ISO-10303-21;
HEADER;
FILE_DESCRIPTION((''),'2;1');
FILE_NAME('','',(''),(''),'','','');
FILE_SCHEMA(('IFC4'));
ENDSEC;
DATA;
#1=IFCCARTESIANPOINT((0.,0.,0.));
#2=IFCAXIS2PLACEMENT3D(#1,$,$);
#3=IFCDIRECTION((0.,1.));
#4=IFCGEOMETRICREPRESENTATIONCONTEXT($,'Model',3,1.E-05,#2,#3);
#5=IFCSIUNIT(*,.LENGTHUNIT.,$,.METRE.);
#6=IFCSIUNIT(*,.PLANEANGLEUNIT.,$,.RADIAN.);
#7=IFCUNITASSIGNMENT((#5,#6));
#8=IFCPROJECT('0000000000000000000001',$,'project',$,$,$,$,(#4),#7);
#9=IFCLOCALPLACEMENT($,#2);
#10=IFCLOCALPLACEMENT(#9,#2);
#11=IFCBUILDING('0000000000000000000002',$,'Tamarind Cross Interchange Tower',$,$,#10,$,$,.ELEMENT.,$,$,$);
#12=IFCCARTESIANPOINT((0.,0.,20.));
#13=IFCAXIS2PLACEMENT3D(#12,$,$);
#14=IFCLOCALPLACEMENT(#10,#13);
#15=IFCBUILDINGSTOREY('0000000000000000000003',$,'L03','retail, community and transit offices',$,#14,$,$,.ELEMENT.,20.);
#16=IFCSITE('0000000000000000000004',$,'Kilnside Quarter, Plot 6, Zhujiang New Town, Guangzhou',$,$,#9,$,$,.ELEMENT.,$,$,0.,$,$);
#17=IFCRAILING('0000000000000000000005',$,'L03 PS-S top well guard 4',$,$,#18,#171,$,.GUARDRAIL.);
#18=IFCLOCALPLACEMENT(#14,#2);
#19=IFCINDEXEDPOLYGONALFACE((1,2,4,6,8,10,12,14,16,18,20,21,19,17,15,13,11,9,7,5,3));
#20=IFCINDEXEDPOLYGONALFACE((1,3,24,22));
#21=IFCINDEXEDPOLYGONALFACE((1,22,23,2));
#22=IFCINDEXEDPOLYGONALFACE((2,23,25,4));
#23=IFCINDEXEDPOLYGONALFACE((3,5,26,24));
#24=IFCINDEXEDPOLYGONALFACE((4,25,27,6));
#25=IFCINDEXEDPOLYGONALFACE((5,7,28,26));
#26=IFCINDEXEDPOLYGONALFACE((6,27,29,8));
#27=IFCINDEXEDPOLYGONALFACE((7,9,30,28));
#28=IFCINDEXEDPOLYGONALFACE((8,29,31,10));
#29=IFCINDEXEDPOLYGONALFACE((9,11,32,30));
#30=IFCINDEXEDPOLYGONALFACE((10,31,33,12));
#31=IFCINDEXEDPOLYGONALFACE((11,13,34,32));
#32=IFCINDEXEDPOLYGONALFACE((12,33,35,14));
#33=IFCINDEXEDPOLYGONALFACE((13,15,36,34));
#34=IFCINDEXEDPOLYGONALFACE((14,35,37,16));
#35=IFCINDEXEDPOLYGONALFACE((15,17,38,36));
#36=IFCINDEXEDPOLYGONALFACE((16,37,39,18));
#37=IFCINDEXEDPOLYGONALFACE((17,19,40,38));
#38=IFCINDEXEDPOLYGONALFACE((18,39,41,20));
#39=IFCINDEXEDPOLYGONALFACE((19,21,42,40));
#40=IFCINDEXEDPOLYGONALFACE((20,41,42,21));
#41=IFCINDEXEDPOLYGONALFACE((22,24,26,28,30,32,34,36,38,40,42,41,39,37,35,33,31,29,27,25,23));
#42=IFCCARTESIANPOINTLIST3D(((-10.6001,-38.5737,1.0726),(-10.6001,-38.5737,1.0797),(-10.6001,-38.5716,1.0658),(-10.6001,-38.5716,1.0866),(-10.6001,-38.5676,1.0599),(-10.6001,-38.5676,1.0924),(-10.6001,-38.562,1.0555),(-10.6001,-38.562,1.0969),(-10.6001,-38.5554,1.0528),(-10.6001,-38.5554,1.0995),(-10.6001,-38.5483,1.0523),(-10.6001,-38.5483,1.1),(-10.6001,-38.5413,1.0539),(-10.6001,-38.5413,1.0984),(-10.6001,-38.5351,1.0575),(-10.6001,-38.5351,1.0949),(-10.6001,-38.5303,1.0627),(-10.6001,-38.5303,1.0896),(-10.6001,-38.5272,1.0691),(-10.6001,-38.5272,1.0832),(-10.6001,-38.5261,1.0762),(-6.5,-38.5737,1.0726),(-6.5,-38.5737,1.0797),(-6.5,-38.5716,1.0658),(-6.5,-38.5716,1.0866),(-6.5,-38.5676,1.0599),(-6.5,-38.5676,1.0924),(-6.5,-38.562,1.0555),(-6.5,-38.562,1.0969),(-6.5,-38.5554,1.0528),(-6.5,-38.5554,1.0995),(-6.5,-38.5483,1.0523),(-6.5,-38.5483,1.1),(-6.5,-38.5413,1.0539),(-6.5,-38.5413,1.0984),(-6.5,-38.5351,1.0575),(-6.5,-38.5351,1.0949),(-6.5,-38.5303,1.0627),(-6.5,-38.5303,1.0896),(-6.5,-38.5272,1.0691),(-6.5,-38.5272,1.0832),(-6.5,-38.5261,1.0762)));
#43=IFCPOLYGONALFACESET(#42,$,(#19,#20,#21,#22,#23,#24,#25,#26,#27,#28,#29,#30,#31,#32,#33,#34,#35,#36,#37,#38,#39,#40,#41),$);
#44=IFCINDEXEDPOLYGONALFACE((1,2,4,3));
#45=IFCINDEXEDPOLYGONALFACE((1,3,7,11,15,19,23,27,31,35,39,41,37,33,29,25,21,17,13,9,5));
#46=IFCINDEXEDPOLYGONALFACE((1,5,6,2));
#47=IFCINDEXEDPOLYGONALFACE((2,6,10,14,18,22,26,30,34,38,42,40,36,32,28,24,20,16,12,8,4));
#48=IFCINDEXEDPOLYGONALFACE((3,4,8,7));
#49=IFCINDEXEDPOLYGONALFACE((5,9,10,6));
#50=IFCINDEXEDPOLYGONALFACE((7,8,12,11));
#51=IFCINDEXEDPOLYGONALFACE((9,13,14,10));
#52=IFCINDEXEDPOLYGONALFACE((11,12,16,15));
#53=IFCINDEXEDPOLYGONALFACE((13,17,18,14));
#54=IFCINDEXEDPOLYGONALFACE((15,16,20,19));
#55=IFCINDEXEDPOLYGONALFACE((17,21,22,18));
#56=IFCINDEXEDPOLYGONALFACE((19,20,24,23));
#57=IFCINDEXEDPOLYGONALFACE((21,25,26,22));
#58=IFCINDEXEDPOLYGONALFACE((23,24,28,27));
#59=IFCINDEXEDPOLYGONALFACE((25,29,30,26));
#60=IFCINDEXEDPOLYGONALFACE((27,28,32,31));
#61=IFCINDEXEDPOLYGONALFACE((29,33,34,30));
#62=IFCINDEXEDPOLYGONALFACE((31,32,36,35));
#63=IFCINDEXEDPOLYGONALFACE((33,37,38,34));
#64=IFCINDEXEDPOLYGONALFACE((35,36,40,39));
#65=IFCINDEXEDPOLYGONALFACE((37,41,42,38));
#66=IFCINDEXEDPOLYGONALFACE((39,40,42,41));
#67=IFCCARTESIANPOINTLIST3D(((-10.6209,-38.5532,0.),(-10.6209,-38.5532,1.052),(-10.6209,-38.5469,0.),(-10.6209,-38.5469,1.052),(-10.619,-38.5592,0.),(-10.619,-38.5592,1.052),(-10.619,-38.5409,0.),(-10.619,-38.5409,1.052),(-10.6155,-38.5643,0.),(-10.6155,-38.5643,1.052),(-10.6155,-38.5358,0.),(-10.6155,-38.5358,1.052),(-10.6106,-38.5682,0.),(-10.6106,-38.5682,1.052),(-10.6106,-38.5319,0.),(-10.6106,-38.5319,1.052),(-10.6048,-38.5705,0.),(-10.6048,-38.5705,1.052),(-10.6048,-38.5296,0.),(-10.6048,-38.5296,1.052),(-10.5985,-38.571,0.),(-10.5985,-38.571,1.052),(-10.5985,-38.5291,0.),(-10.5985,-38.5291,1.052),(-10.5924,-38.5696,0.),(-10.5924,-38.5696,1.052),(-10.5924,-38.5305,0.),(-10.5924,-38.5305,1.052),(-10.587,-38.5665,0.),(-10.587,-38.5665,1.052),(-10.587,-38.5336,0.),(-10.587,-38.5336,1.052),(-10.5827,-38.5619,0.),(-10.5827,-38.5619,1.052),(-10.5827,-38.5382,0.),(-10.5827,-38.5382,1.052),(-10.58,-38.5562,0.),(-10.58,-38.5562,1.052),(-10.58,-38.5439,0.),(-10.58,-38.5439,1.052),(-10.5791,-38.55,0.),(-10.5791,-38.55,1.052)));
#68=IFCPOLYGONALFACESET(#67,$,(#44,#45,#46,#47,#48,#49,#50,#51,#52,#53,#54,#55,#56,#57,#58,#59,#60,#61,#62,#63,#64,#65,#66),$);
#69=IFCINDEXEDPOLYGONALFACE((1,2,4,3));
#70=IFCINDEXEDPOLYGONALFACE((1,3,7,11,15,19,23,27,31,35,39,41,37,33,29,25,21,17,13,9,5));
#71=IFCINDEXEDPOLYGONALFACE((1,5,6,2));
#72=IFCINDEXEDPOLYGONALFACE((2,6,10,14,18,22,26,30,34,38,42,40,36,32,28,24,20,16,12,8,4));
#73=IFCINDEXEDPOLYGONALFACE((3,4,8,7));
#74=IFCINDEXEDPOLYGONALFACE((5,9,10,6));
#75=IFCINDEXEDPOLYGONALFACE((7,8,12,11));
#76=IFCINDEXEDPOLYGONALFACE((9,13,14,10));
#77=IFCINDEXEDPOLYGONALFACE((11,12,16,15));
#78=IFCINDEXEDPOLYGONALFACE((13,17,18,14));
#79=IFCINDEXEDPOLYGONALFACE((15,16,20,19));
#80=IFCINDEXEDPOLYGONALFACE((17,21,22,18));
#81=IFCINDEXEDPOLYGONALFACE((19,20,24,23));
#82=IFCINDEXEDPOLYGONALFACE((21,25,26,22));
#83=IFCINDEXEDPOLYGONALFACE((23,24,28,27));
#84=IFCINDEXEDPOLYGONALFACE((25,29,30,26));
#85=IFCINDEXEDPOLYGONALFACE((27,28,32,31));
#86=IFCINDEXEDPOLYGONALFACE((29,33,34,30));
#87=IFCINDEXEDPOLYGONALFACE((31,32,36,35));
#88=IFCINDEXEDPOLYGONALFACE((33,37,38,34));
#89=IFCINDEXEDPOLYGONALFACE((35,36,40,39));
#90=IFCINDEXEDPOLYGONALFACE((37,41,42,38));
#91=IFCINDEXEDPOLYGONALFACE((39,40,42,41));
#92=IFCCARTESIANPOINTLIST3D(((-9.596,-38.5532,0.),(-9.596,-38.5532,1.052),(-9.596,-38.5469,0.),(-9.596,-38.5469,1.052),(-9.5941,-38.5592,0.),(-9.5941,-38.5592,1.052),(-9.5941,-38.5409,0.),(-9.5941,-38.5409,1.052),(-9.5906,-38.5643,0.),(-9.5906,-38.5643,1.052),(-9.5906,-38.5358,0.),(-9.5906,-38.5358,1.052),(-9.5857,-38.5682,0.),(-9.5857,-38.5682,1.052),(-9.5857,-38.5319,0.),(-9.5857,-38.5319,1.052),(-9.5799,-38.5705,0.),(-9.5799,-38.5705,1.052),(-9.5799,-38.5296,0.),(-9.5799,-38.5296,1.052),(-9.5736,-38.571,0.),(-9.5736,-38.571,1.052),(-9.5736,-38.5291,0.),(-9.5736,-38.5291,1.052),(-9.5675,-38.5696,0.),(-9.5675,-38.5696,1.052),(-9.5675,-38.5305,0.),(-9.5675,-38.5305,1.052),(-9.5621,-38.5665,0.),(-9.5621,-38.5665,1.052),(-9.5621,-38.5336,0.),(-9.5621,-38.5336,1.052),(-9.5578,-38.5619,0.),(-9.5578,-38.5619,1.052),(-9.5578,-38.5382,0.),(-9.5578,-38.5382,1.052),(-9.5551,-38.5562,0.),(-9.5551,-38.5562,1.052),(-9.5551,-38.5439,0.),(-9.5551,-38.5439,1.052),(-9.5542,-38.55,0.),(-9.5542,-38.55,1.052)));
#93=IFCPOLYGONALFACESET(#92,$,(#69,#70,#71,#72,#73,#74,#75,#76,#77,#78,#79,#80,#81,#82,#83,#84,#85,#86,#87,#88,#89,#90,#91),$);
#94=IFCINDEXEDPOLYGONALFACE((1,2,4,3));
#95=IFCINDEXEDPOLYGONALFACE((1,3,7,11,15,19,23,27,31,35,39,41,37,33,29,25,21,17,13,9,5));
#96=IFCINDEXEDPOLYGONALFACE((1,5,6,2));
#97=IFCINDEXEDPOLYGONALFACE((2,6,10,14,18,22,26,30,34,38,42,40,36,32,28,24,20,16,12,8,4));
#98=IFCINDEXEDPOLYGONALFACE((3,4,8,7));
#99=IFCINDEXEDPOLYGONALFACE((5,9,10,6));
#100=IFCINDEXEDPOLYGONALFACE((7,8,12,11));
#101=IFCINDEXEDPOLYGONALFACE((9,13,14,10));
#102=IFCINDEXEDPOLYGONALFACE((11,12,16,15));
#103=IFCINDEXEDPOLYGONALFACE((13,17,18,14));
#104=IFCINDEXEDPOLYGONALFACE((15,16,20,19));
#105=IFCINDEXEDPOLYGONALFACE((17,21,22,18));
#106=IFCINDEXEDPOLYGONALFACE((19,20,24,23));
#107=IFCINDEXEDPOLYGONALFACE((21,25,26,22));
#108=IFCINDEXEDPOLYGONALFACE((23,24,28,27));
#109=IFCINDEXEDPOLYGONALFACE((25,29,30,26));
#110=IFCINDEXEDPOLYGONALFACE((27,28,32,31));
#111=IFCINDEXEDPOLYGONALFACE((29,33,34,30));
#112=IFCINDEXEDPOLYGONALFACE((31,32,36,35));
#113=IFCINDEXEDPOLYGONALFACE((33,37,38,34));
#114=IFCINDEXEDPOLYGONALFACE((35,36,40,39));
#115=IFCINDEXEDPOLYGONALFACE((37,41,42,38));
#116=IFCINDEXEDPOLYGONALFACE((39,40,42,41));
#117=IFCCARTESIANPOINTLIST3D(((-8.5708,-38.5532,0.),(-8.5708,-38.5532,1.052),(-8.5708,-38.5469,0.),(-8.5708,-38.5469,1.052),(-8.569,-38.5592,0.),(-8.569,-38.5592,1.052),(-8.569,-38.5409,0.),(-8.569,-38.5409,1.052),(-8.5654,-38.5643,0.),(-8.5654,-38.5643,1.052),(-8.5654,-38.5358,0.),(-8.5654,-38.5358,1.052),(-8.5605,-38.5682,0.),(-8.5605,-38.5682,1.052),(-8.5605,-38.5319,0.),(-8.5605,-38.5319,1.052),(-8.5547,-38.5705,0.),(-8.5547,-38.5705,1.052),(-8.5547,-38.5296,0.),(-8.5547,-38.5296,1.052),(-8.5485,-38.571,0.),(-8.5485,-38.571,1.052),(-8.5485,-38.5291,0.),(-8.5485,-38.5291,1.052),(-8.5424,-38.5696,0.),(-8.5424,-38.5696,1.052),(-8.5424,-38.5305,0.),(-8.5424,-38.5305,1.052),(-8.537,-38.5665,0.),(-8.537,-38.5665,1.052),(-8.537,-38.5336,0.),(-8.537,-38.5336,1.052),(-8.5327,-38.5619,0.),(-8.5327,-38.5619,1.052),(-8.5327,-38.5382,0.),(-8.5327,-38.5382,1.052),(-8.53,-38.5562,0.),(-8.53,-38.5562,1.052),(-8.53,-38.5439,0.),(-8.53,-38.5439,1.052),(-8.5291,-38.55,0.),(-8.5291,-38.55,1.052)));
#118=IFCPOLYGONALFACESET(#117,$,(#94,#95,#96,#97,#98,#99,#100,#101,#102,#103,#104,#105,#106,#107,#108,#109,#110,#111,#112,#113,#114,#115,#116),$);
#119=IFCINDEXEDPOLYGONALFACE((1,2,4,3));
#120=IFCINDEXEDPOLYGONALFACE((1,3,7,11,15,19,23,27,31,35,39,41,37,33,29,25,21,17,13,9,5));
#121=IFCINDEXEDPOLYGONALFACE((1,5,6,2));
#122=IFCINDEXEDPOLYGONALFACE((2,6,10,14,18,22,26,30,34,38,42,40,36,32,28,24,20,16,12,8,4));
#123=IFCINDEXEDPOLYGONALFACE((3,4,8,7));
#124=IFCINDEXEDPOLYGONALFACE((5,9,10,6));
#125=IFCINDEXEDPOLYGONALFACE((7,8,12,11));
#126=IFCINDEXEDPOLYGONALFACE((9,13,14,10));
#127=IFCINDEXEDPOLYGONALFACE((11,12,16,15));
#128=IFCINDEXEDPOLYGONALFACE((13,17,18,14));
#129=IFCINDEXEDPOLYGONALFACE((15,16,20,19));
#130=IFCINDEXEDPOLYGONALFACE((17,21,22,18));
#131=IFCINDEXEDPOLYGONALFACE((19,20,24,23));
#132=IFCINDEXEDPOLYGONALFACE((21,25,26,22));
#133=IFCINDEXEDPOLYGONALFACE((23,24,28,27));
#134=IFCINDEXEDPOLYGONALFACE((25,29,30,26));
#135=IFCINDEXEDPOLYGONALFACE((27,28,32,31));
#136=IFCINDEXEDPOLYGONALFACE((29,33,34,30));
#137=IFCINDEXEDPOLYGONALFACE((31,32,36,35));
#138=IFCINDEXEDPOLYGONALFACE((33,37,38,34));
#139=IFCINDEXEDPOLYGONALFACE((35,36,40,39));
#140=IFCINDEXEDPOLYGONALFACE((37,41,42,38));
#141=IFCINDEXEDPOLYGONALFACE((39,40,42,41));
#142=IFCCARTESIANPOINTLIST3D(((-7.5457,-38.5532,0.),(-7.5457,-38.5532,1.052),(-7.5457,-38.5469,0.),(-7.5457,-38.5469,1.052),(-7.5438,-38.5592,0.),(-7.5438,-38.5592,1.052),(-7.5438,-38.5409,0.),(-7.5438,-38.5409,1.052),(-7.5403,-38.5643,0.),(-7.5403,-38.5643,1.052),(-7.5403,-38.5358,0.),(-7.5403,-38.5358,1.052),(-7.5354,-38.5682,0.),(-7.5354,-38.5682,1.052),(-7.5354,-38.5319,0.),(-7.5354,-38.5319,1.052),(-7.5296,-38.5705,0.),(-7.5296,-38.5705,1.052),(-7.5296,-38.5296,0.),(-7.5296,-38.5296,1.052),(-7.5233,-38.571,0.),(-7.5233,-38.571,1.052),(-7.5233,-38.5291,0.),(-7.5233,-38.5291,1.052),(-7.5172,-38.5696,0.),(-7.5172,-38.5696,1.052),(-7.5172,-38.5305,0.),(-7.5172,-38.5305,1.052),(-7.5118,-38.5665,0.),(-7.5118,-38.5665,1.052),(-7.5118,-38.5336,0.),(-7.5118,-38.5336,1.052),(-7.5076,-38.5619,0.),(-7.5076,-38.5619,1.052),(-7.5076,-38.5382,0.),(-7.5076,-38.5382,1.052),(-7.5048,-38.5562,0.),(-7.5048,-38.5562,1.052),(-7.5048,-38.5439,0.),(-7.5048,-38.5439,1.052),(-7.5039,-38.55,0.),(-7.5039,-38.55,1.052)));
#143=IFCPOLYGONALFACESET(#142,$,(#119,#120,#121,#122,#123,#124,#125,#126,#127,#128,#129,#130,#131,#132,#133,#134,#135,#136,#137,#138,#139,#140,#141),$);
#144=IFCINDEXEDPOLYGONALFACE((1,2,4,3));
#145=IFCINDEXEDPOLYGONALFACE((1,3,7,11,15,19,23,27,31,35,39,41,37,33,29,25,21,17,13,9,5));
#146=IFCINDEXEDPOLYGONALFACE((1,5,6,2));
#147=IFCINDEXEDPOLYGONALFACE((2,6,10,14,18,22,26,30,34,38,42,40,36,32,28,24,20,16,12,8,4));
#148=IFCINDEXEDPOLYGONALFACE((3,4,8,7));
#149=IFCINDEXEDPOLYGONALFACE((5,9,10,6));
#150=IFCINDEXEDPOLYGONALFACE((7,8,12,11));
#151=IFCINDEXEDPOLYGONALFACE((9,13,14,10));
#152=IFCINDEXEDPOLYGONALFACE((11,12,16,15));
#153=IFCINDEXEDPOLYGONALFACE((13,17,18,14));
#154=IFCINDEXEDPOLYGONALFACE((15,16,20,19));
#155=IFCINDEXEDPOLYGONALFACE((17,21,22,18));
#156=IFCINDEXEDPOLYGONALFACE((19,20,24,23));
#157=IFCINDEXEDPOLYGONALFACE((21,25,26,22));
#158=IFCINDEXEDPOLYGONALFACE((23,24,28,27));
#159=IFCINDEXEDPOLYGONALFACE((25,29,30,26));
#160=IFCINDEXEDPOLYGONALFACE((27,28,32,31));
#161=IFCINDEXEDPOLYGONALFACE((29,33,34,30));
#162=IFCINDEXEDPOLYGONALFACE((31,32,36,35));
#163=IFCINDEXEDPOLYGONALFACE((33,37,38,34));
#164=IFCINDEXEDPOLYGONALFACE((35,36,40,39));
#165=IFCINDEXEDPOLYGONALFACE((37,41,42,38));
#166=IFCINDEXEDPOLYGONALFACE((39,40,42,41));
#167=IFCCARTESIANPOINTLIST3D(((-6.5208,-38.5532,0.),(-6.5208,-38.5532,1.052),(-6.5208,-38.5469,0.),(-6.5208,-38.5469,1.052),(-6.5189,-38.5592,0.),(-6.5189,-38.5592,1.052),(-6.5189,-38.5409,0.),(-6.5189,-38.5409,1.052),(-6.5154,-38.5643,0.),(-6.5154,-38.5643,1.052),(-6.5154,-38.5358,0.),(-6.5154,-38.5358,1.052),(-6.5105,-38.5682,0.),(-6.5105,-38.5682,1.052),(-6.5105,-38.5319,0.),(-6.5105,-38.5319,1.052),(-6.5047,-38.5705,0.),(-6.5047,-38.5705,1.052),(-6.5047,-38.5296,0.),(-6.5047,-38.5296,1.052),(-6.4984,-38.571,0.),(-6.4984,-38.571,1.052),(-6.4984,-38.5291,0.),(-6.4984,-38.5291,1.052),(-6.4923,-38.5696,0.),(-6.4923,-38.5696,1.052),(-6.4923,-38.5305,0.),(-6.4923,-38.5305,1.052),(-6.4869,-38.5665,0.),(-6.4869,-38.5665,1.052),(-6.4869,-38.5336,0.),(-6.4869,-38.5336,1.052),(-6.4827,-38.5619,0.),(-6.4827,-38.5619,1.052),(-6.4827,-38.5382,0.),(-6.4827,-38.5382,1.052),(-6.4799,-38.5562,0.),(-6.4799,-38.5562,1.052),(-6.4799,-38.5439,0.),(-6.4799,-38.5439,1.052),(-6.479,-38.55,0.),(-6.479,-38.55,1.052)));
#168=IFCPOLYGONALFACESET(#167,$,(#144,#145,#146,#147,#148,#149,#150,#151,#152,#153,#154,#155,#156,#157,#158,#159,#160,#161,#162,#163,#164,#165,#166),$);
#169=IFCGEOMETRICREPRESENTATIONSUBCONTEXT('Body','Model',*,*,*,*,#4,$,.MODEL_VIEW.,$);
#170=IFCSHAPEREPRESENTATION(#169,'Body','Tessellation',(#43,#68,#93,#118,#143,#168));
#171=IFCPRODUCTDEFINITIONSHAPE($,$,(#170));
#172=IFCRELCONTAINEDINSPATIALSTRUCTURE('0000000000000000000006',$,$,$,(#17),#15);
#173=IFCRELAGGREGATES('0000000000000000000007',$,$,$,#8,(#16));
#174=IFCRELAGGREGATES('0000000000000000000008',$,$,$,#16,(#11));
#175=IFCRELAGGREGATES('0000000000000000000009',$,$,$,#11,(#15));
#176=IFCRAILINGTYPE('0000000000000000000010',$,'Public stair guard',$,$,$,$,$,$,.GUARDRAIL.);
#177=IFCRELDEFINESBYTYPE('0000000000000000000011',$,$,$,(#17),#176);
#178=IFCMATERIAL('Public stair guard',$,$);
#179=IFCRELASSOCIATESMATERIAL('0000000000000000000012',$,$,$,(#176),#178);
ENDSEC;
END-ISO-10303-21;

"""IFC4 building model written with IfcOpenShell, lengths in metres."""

from ifc_helpers import new_model, si_unit, direction, frame, origin, origin_2d, place, context, subcontext, project, spatial, circle, extrude, material, type_object, element, save


model = new_model("IFC4")

# Units and contexts
model_context = context("Model", 3, precision=1e-05, world=origin(), true_north=direction((0.0, 1.0)))
body_context = subcontext(model_context, "Body", "Model", "MODEL_VIEW")
ifc_project = project(units=[si_unit("LENGTHUNIT", "METRE"), si_unit("PLANEANGLEUNIT", "RADIAN")], contexts=[model_context])

# Site, building, storey
site_placement = place(None, origin())
site = spatial("IfcSite", under=ifc_project, at=site_placement, Name="Kilnside Quarter, Plot 6, Zhujiang New Town, Guangzhou", CompositionType="ELEMENT", RefElevation=0.0)
building_placement = place(site_placement, origin())
building = spatial("IfcBuilding", under=site, at=building_placement, Name="Tamarind Cross Interchange Tower", CompositionType="ELEMENT")
storey_placement = place(building_placement, frame((0.0, 0.0, 20.0)))
storey = spatial("IfcBuildingStorey", under=building, at=storey_placement, Name="L03", Description="retail, community and transit offices", CompositionType="ELEMENT", Elevation=20.0)

# Railing
ifc_material_1 = material(Name="Public stair guard")
railing_type_1 = type_object("IfcRailingType", Name="Public stair guard", PredefinedType="GUARDRAIL", material=ifc_material_1)
railing_1_placement = place(storey_placement, frame((-10.6001, -38.55, 0.0)))
element("IfcRailing", 1, at=railing_1_placement, inside=storey, type_object=railing_type_1, Name="L03 PS-S top well guard 4", PredefinedType="GUARDRAIL", context=body_context, shape_type="SweptSolid", body=[
    extrude(circle(Radius=0.0239, at=origin_2d()), frame((0.0, 0.0, 1.0762), z_axis=(1.0, 0.0, 0.0), x_axis=(0.0, 1.0, 0.0)), (0.0, 0.0, 1.0), 4.1001),
    extrude(circle(Radius=0.021, at=origin_2d()), origin(), (0.0, 0.0, 1.0), 1.052),
    extrude(circle(Radius=0.021, at=origin_2d()), frame((1.0249, 0.0, 0.0)), (0.0, 0.0, 1.0), 1.052),
    extrude(circle(Radius=0.021, at=origin_2d()), frame((2.05, 0.0, 0.0)), (0.0, 0.0, 1.0), 1.052),
    extrude(circle(Radius=0.021, at=origin_2d()), frame((3.0752, 0.0, 0.0)), (0.0, 0.0, 1.0), 1.052),
    extrude(circle(Radius=0.021, at=origin_2d()), frame((4.1001, 0.0, 0.0)), (0.0, 0.0, 1.0), 1.052),
])

save(model, "model.ifc")
